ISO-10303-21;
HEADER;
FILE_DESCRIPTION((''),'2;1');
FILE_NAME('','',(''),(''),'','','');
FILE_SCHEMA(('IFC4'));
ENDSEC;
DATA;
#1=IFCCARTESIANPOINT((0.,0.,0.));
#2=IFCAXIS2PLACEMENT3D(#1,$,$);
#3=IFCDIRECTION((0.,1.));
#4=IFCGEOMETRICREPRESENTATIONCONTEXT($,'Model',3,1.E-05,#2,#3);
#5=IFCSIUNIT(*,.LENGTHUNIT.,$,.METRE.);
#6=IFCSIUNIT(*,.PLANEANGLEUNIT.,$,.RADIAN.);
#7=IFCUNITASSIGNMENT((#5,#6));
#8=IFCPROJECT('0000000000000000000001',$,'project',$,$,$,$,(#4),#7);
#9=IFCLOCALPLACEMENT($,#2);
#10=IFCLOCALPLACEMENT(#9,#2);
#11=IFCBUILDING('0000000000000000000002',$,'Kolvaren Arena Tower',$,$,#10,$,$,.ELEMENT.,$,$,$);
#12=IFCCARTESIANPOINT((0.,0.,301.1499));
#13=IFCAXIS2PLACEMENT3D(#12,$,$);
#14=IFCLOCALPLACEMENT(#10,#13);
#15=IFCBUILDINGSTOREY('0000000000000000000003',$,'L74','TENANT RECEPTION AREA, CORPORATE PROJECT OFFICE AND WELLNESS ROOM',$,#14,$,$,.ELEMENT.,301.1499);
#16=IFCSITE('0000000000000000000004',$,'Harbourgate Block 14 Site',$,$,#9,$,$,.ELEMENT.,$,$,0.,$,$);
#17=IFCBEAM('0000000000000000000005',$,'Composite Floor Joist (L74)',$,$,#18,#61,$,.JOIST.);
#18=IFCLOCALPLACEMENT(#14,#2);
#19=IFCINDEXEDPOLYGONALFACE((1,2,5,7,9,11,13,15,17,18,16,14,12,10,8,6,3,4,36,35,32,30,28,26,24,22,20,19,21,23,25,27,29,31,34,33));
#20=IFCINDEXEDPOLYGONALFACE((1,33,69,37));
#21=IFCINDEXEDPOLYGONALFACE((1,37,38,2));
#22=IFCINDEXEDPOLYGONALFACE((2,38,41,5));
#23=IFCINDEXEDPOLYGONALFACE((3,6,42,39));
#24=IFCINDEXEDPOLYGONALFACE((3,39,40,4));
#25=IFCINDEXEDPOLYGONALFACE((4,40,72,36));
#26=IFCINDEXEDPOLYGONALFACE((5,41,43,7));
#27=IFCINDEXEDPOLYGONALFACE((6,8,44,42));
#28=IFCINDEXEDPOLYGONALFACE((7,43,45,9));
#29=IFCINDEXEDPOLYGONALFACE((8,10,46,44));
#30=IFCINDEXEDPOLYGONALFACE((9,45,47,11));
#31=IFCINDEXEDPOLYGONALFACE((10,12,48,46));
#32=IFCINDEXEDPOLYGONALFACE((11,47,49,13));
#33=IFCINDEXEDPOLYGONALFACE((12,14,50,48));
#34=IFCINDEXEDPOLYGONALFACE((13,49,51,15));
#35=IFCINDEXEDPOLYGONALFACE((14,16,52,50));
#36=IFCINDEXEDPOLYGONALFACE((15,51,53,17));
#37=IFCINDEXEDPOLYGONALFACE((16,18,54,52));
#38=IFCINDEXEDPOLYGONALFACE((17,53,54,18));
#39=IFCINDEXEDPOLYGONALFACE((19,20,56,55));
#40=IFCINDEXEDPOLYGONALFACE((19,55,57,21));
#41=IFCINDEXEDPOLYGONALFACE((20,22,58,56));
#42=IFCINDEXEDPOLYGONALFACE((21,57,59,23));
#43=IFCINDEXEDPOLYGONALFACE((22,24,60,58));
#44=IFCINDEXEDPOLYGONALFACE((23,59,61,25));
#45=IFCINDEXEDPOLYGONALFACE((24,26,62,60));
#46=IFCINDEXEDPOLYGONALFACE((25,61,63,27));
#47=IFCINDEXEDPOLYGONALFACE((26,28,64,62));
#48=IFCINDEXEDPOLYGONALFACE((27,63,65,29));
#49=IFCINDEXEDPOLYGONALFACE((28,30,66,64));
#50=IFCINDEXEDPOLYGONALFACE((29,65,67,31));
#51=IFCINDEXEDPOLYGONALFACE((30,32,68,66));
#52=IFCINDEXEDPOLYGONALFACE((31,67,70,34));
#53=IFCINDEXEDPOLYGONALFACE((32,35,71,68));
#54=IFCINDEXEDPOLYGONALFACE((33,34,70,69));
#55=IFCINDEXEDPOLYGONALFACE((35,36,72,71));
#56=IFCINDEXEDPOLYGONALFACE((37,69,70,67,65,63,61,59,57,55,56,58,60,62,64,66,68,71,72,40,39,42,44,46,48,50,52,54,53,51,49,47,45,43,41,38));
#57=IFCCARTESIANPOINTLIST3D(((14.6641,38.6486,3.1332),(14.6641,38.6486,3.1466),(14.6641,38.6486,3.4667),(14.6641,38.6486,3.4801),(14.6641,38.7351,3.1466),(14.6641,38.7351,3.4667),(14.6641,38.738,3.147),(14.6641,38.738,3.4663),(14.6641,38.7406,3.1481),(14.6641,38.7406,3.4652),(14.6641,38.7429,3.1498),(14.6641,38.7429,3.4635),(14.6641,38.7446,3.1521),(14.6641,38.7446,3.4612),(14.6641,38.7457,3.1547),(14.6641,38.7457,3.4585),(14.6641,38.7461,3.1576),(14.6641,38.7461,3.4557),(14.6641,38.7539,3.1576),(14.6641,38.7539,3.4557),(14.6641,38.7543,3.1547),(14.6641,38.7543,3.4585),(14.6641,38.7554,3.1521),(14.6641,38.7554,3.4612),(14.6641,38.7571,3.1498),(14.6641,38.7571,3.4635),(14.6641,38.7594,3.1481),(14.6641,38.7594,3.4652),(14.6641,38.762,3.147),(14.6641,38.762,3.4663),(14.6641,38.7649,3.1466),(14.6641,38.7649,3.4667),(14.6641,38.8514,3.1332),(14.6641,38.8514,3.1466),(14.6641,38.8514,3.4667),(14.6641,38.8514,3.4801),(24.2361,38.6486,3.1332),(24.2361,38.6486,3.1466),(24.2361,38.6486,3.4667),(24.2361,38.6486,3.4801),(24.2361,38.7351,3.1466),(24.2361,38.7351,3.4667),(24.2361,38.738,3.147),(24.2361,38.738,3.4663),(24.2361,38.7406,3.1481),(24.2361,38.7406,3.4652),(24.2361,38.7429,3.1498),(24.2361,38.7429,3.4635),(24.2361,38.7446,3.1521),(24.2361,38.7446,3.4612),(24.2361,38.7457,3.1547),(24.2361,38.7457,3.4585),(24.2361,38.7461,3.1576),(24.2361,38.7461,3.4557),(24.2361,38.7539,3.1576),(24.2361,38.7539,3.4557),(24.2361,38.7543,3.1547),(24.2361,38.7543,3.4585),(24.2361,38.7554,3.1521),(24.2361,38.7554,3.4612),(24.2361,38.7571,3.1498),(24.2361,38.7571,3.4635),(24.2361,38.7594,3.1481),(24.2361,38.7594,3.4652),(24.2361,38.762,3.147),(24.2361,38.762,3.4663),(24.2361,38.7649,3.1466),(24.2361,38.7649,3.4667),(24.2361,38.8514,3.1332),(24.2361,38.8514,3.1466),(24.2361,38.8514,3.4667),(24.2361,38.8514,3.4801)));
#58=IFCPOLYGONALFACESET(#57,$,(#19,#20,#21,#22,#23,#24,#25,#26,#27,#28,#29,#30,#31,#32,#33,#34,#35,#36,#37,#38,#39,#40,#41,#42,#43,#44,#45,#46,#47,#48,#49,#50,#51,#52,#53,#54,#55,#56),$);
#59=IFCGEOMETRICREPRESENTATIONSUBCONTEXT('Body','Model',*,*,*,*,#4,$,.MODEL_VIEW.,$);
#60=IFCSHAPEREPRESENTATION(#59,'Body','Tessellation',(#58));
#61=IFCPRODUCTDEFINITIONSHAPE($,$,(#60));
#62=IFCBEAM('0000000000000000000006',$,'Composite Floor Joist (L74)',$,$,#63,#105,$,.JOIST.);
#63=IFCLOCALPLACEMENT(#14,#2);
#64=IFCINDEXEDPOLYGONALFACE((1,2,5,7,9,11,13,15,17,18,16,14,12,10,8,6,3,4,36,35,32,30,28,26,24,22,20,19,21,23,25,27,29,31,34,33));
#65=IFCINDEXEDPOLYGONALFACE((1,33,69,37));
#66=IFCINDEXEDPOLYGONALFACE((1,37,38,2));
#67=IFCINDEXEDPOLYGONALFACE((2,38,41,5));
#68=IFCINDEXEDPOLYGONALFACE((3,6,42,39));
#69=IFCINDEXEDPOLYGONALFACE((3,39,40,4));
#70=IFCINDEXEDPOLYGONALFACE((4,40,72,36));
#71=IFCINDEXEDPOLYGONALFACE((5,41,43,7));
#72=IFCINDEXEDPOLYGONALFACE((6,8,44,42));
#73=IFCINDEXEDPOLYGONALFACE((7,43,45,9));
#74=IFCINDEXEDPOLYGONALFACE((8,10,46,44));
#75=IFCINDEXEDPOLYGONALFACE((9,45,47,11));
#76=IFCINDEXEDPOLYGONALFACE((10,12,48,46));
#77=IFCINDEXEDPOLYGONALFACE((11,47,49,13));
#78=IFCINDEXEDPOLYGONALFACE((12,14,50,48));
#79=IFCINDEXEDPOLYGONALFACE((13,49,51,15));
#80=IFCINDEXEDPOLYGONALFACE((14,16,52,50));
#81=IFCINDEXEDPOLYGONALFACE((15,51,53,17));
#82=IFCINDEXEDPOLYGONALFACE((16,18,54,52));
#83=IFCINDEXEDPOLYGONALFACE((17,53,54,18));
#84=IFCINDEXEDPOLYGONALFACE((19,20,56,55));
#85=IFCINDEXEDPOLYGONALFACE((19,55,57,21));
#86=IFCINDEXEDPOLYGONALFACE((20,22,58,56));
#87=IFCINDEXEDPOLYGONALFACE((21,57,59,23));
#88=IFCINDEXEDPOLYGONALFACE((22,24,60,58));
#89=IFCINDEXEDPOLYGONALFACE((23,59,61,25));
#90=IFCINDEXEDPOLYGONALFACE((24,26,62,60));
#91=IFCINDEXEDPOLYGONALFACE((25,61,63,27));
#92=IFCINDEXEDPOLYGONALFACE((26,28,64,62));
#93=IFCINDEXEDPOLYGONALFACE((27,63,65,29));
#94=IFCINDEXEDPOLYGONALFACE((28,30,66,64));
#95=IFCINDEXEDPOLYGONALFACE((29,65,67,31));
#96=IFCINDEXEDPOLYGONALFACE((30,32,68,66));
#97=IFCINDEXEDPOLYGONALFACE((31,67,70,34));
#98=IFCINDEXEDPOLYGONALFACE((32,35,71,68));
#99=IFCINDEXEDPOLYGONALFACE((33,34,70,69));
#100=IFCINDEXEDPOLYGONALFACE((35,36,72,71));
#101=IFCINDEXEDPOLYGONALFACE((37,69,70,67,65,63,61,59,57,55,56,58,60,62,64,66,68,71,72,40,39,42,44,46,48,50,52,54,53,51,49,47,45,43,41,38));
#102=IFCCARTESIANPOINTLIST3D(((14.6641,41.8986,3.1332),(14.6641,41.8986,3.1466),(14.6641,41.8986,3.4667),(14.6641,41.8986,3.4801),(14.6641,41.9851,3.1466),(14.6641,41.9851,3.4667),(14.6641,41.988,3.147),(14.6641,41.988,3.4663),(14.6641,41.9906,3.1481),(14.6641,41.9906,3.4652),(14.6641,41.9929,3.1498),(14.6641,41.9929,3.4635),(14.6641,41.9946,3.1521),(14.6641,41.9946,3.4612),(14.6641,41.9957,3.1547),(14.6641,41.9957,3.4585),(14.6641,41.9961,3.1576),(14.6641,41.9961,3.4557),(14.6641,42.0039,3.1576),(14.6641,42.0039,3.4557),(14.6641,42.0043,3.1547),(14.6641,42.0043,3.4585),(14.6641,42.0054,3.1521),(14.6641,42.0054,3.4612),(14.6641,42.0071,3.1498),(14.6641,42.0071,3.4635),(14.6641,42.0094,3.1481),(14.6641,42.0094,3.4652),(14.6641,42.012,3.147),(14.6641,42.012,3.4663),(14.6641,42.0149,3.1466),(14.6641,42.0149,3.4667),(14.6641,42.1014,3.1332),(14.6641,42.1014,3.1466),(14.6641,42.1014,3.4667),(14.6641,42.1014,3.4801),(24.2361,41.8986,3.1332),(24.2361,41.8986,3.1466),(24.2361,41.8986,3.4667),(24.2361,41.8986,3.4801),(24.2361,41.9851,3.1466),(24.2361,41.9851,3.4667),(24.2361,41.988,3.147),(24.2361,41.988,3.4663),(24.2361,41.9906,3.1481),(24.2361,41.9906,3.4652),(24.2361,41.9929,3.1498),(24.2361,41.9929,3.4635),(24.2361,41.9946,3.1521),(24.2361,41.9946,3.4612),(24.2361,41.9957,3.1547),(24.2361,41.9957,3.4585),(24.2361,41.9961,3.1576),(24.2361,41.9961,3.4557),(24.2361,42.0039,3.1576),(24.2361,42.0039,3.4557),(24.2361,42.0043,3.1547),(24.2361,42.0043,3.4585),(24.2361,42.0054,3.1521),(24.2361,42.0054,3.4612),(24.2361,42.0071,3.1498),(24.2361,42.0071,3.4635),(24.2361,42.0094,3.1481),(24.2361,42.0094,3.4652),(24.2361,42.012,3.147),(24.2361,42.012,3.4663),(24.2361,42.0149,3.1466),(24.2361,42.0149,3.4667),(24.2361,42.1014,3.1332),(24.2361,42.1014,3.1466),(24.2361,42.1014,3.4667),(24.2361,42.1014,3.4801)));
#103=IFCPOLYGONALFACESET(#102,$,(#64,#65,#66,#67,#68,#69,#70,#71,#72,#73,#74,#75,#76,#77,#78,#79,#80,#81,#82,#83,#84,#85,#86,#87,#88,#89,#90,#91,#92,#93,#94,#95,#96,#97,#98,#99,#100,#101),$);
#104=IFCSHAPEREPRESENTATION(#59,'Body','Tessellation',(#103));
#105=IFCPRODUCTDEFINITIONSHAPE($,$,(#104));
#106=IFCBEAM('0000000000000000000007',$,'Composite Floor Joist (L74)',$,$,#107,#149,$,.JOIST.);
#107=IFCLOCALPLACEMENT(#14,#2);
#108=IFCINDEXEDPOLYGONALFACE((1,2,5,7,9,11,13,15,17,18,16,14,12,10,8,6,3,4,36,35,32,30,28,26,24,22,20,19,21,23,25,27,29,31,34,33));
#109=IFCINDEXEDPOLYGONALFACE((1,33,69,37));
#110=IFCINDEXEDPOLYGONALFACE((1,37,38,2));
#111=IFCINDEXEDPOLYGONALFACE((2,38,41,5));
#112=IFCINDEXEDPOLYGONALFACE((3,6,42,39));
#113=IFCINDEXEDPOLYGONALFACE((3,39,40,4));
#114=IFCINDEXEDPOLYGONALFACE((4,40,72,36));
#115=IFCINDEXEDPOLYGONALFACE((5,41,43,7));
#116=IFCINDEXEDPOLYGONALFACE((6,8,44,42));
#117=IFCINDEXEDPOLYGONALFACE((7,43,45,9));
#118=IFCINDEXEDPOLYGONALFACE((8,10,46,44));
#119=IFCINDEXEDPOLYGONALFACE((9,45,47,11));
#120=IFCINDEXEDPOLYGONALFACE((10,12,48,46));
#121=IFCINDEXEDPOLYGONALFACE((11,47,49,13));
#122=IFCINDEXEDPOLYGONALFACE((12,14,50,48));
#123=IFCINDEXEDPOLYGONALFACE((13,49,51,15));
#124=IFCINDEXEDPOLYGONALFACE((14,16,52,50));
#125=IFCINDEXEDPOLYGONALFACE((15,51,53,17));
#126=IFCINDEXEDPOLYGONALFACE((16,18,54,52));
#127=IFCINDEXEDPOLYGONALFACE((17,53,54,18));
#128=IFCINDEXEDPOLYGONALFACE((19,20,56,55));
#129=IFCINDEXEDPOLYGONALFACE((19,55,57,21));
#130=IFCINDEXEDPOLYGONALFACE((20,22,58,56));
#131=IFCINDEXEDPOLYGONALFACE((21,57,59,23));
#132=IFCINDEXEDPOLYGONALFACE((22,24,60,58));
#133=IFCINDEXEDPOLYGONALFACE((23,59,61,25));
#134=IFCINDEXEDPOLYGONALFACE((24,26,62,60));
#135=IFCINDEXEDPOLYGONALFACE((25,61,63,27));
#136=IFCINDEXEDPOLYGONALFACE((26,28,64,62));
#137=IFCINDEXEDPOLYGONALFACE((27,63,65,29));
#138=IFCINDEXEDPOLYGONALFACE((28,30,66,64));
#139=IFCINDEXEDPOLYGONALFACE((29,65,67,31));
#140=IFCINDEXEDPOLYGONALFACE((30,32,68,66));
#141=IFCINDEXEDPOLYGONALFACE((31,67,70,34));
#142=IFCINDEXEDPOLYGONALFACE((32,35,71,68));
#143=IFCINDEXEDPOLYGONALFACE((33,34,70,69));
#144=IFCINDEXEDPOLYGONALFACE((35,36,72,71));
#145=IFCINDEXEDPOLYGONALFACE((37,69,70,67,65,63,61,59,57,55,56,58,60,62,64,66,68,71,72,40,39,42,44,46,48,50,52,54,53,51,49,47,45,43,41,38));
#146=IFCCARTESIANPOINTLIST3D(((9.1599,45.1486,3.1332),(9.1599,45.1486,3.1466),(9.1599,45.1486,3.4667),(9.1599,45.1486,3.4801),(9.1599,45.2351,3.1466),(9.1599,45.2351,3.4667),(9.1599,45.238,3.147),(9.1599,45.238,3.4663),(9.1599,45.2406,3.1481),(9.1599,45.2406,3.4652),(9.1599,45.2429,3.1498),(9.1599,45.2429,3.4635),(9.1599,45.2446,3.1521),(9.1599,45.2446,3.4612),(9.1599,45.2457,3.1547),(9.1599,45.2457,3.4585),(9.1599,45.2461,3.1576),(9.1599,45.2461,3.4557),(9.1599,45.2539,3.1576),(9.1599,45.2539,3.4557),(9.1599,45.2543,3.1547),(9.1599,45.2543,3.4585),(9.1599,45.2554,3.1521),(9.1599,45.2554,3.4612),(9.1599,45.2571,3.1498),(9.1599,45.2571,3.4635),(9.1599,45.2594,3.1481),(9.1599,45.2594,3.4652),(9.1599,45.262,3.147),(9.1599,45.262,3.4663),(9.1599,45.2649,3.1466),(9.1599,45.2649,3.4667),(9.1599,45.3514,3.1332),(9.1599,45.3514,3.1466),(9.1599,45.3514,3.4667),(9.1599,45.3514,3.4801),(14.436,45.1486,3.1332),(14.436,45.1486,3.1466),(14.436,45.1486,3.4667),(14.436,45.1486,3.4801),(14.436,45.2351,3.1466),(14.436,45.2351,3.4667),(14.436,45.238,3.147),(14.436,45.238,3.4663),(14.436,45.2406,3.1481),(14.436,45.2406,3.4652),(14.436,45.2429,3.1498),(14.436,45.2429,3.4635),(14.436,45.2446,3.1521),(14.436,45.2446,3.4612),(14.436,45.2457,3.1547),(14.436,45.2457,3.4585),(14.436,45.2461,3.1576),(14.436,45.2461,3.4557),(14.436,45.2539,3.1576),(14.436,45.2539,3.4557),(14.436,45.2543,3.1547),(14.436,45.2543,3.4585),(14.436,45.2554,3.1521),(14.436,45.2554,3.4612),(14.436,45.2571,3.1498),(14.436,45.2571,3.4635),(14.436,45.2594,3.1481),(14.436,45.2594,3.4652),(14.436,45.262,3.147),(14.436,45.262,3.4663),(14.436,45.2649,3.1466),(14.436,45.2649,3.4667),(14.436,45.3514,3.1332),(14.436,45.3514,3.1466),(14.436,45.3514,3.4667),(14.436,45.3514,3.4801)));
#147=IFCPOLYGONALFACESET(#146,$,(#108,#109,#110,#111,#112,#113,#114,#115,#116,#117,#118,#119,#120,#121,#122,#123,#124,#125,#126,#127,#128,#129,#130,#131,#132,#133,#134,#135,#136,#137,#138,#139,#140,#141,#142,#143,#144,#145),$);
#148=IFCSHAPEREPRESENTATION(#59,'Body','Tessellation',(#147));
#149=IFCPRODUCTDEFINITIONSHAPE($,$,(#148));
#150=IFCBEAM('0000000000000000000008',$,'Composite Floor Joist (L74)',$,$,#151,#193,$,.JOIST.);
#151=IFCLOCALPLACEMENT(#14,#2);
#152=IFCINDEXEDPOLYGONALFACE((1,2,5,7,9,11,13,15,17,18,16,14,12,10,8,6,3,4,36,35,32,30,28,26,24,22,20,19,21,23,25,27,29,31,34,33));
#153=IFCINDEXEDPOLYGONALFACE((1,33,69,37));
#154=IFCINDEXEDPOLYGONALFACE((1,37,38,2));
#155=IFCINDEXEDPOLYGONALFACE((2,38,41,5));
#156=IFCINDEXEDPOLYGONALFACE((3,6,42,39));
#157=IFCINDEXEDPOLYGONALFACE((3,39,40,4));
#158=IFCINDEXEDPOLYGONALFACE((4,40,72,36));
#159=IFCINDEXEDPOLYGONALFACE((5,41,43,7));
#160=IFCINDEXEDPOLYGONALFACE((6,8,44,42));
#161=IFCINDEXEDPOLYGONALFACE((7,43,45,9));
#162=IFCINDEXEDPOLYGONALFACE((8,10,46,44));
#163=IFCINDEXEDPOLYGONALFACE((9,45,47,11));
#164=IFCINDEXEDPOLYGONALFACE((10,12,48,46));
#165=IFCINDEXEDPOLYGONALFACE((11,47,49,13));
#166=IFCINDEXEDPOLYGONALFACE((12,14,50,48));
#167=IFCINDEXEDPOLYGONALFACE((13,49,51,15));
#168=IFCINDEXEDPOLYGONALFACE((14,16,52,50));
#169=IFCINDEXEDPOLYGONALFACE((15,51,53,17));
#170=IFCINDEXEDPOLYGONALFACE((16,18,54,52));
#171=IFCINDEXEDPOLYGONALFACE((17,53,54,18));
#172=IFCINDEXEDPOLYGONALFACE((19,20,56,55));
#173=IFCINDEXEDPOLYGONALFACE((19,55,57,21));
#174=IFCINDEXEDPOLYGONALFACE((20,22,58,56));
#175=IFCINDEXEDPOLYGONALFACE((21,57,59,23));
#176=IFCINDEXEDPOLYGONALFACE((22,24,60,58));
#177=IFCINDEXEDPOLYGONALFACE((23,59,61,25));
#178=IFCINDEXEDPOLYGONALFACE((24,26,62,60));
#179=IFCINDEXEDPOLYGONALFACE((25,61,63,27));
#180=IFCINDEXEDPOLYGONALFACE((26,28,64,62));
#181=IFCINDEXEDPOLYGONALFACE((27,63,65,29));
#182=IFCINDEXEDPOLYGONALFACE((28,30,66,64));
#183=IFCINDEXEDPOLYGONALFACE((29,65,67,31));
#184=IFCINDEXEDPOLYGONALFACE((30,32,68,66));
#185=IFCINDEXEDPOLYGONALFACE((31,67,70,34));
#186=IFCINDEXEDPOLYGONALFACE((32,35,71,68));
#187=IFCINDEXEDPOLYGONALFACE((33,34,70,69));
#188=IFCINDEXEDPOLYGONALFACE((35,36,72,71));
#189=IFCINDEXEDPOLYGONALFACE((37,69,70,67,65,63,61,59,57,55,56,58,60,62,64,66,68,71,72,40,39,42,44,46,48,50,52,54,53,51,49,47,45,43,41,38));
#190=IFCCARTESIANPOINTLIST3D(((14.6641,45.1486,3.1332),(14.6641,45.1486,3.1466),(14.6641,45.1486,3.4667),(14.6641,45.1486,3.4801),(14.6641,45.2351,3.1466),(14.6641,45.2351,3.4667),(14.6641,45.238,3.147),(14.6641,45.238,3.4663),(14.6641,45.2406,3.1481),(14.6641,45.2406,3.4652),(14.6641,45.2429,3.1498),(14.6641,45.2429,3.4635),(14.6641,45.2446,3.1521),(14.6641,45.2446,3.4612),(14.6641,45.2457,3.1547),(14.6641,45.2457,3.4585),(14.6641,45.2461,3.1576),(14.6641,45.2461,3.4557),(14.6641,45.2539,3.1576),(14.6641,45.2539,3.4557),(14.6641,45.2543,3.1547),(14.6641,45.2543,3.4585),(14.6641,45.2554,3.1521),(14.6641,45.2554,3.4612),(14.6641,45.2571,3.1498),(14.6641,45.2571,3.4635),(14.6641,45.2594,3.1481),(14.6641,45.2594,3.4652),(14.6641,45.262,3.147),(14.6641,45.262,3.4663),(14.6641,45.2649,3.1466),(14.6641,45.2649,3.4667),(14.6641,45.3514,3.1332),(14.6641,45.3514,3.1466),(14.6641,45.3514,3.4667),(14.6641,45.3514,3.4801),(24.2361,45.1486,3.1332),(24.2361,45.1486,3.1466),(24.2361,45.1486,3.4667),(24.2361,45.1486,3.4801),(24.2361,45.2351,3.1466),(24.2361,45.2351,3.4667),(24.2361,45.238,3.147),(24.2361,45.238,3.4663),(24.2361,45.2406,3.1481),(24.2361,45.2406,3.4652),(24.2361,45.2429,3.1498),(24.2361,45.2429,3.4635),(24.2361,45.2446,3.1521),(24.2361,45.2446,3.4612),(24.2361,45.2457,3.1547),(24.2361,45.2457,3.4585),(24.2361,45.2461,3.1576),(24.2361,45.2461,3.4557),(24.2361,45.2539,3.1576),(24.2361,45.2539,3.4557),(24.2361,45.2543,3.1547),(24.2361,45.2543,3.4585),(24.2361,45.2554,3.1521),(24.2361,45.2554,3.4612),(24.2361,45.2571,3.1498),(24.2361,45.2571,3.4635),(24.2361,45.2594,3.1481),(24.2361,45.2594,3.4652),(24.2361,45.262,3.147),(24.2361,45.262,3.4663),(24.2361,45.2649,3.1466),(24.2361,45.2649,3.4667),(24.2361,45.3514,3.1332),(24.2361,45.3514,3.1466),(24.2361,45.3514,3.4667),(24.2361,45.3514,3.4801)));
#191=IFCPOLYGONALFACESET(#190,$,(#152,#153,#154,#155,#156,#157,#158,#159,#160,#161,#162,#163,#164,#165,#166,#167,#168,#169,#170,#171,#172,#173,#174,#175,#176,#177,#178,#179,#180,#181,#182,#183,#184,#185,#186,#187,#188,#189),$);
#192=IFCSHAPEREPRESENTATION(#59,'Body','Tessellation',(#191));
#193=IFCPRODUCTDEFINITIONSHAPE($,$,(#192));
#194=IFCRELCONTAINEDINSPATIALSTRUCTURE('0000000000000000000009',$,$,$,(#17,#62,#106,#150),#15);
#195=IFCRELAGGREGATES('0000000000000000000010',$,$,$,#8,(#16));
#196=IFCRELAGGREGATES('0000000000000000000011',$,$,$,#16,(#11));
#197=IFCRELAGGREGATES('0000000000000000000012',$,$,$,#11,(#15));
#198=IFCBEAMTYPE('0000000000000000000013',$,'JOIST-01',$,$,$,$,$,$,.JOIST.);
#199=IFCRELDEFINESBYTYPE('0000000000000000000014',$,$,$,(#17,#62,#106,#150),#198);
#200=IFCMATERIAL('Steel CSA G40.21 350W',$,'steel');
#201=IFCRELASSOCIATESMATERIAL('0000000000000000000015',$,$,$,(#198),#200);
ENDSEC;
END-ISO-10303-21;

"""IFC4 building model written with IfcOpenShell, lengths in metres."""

from ifc_helpers import new_model, si_unit, direction, frame, origin, origin_2d, place, context, subcontext, project, spatial, i_section, extrude, material, material_profile, profile_set, type_object, element, save


model = new_model("IFC4")

# Units and contexts
model_context = context("Model", 3, precision=1e-05, world=origin(), true_north=direction((0.0, 1.0)))
body_context = subcontext(model_context, "Body", "Model", "MODEL_VIEW")
ifc_project = project(units=[si_unit("LENGTHUNIT", "METRE"), si_unit("PLANEANGLEUNIT", "RADIAN")], contexts=[model_context])

# Site, building, storey
site_placement = place(None, origin())
site = spatial("IfcSite", under=ifc_project, at=site_placement, Name="Harbourgate Block 14 Site", CompositionType="ELEMENT", RefElevation=0.0)
building_placement = place(site_placement, origin())
building = spatial("IfcBuilding", under=site, at=building_placement, Name="Kolvaren Arena Tower", CompositionType="ELEMENT")
storey_placement = place(building_placement, frame((0.0, 0.0, 301.1499)))
storey = spatial("IfcBuildingStorey", under=building, at=storey_placement, Name="L74", Description="TENANT RECEPTION AREA, CORPORATE PROJECT OFFICE AND WELLNESS ROOM", CompositionType="ELEMENT", Elevation=301.1499)

# Beams
ifc_material_1 = material(Name="Steel CSA G40.21 350W", Category="steel")
ifc_material_profile_1 = material_profile(ifc_material_1, i_section(OverallWidth=0.2029, OverallDepth=0.3469, WebThickness=0.0078, FlangeThickness=0.0134, FilletRadius=0.011, at=origin_2d()), Name="W360x64")
ifc_profile_set_1 = profile_set([ifc_material_profile_1], Name="Steel CSA G40.21 350W")
beam_type_1 = type_object("IfcBeamType", Name="JOIST-01", PredefinedType="JOIST", material=ifc_profile_set_1)
for number, where, z_axis, x_axis, name in (
    (1, (14.6641, 38.75, 3.3066), (1.0, 0.0, 0.0), (0.0, 1.0, 0.0), "Composite Floor Joist (L74)"),
    (2, (14.6641, 42.0, 3.3066), (1.0, 0.0, 0.0), (0.0, 1.0, 0.0), "Composite Floor Joist (L74)"),
):
    element("IfcBeam", number, at=place(storey_placement, frame(where, z_axis=z_axis, x_axis=x_axis)), inside=storey, type_object=beam_type_1, Name=name, PredefinedType="JOIST", context=body_context, shape_type="SweptSolid", body=[
        extrude(i_section(OverallWidth=0.2029, OverallDepth=0.3469, WebThickness=0.0078, FlangeThickness=0.0134, FilletRadius=0.011, at=origin_2d()), origin(), (0.0, 0.0, 1.0), 9.572),
    ])
beam_1_placement = place(storey_placement, frame((9.1599, 45.25, 3.3066), z_axis=(1.0, 0.0, 0.0), x_axis=(0.0, 1.0, 0.0)))
element("IfcBeam", 3, at=beam_1_placement, inside=storey, type_object=beam_type_1, Name="Composite Floor Joist (L74)", PredefinedType="JOIST", context=body_context, shape_type="SweptSolid", body=[
    extrude(i_section(OverallWidth=0.2029, OverallDepth=0.3469, WebThickness=0.0078, FlangeThickness=0.0134, FilletRadius=0.011, at=origin_2d()), origin(), (0.0, 0.0, 1.0), 5.2761),
])
beam_2_placement = place(storey_placement, frame((14.6641, 45.25, 3.3066), z_axis=(1.0, 0.0, 0.0), x_axis=(0.0, 1.0, 0.0)))
element("IfcBeam", 4, at=beam_2_placement, inside=storey, type_object=beam_type_1, Name="Composite Floor Joist (L74)", PredefinedType="JOIST", context=body_context, shape_type="SweptSolid", body=[
    extrude(i_section(OverallWidth=0.2029, OverallDepth=0.3469, WebThickness=0.0078, FlangeThickness=0.0134, FilletRadius=0.011, at=origin_2d()), origin(), (0.0, 0.0, 1.0), 9.572),
])

save(model, "model.ifc")
